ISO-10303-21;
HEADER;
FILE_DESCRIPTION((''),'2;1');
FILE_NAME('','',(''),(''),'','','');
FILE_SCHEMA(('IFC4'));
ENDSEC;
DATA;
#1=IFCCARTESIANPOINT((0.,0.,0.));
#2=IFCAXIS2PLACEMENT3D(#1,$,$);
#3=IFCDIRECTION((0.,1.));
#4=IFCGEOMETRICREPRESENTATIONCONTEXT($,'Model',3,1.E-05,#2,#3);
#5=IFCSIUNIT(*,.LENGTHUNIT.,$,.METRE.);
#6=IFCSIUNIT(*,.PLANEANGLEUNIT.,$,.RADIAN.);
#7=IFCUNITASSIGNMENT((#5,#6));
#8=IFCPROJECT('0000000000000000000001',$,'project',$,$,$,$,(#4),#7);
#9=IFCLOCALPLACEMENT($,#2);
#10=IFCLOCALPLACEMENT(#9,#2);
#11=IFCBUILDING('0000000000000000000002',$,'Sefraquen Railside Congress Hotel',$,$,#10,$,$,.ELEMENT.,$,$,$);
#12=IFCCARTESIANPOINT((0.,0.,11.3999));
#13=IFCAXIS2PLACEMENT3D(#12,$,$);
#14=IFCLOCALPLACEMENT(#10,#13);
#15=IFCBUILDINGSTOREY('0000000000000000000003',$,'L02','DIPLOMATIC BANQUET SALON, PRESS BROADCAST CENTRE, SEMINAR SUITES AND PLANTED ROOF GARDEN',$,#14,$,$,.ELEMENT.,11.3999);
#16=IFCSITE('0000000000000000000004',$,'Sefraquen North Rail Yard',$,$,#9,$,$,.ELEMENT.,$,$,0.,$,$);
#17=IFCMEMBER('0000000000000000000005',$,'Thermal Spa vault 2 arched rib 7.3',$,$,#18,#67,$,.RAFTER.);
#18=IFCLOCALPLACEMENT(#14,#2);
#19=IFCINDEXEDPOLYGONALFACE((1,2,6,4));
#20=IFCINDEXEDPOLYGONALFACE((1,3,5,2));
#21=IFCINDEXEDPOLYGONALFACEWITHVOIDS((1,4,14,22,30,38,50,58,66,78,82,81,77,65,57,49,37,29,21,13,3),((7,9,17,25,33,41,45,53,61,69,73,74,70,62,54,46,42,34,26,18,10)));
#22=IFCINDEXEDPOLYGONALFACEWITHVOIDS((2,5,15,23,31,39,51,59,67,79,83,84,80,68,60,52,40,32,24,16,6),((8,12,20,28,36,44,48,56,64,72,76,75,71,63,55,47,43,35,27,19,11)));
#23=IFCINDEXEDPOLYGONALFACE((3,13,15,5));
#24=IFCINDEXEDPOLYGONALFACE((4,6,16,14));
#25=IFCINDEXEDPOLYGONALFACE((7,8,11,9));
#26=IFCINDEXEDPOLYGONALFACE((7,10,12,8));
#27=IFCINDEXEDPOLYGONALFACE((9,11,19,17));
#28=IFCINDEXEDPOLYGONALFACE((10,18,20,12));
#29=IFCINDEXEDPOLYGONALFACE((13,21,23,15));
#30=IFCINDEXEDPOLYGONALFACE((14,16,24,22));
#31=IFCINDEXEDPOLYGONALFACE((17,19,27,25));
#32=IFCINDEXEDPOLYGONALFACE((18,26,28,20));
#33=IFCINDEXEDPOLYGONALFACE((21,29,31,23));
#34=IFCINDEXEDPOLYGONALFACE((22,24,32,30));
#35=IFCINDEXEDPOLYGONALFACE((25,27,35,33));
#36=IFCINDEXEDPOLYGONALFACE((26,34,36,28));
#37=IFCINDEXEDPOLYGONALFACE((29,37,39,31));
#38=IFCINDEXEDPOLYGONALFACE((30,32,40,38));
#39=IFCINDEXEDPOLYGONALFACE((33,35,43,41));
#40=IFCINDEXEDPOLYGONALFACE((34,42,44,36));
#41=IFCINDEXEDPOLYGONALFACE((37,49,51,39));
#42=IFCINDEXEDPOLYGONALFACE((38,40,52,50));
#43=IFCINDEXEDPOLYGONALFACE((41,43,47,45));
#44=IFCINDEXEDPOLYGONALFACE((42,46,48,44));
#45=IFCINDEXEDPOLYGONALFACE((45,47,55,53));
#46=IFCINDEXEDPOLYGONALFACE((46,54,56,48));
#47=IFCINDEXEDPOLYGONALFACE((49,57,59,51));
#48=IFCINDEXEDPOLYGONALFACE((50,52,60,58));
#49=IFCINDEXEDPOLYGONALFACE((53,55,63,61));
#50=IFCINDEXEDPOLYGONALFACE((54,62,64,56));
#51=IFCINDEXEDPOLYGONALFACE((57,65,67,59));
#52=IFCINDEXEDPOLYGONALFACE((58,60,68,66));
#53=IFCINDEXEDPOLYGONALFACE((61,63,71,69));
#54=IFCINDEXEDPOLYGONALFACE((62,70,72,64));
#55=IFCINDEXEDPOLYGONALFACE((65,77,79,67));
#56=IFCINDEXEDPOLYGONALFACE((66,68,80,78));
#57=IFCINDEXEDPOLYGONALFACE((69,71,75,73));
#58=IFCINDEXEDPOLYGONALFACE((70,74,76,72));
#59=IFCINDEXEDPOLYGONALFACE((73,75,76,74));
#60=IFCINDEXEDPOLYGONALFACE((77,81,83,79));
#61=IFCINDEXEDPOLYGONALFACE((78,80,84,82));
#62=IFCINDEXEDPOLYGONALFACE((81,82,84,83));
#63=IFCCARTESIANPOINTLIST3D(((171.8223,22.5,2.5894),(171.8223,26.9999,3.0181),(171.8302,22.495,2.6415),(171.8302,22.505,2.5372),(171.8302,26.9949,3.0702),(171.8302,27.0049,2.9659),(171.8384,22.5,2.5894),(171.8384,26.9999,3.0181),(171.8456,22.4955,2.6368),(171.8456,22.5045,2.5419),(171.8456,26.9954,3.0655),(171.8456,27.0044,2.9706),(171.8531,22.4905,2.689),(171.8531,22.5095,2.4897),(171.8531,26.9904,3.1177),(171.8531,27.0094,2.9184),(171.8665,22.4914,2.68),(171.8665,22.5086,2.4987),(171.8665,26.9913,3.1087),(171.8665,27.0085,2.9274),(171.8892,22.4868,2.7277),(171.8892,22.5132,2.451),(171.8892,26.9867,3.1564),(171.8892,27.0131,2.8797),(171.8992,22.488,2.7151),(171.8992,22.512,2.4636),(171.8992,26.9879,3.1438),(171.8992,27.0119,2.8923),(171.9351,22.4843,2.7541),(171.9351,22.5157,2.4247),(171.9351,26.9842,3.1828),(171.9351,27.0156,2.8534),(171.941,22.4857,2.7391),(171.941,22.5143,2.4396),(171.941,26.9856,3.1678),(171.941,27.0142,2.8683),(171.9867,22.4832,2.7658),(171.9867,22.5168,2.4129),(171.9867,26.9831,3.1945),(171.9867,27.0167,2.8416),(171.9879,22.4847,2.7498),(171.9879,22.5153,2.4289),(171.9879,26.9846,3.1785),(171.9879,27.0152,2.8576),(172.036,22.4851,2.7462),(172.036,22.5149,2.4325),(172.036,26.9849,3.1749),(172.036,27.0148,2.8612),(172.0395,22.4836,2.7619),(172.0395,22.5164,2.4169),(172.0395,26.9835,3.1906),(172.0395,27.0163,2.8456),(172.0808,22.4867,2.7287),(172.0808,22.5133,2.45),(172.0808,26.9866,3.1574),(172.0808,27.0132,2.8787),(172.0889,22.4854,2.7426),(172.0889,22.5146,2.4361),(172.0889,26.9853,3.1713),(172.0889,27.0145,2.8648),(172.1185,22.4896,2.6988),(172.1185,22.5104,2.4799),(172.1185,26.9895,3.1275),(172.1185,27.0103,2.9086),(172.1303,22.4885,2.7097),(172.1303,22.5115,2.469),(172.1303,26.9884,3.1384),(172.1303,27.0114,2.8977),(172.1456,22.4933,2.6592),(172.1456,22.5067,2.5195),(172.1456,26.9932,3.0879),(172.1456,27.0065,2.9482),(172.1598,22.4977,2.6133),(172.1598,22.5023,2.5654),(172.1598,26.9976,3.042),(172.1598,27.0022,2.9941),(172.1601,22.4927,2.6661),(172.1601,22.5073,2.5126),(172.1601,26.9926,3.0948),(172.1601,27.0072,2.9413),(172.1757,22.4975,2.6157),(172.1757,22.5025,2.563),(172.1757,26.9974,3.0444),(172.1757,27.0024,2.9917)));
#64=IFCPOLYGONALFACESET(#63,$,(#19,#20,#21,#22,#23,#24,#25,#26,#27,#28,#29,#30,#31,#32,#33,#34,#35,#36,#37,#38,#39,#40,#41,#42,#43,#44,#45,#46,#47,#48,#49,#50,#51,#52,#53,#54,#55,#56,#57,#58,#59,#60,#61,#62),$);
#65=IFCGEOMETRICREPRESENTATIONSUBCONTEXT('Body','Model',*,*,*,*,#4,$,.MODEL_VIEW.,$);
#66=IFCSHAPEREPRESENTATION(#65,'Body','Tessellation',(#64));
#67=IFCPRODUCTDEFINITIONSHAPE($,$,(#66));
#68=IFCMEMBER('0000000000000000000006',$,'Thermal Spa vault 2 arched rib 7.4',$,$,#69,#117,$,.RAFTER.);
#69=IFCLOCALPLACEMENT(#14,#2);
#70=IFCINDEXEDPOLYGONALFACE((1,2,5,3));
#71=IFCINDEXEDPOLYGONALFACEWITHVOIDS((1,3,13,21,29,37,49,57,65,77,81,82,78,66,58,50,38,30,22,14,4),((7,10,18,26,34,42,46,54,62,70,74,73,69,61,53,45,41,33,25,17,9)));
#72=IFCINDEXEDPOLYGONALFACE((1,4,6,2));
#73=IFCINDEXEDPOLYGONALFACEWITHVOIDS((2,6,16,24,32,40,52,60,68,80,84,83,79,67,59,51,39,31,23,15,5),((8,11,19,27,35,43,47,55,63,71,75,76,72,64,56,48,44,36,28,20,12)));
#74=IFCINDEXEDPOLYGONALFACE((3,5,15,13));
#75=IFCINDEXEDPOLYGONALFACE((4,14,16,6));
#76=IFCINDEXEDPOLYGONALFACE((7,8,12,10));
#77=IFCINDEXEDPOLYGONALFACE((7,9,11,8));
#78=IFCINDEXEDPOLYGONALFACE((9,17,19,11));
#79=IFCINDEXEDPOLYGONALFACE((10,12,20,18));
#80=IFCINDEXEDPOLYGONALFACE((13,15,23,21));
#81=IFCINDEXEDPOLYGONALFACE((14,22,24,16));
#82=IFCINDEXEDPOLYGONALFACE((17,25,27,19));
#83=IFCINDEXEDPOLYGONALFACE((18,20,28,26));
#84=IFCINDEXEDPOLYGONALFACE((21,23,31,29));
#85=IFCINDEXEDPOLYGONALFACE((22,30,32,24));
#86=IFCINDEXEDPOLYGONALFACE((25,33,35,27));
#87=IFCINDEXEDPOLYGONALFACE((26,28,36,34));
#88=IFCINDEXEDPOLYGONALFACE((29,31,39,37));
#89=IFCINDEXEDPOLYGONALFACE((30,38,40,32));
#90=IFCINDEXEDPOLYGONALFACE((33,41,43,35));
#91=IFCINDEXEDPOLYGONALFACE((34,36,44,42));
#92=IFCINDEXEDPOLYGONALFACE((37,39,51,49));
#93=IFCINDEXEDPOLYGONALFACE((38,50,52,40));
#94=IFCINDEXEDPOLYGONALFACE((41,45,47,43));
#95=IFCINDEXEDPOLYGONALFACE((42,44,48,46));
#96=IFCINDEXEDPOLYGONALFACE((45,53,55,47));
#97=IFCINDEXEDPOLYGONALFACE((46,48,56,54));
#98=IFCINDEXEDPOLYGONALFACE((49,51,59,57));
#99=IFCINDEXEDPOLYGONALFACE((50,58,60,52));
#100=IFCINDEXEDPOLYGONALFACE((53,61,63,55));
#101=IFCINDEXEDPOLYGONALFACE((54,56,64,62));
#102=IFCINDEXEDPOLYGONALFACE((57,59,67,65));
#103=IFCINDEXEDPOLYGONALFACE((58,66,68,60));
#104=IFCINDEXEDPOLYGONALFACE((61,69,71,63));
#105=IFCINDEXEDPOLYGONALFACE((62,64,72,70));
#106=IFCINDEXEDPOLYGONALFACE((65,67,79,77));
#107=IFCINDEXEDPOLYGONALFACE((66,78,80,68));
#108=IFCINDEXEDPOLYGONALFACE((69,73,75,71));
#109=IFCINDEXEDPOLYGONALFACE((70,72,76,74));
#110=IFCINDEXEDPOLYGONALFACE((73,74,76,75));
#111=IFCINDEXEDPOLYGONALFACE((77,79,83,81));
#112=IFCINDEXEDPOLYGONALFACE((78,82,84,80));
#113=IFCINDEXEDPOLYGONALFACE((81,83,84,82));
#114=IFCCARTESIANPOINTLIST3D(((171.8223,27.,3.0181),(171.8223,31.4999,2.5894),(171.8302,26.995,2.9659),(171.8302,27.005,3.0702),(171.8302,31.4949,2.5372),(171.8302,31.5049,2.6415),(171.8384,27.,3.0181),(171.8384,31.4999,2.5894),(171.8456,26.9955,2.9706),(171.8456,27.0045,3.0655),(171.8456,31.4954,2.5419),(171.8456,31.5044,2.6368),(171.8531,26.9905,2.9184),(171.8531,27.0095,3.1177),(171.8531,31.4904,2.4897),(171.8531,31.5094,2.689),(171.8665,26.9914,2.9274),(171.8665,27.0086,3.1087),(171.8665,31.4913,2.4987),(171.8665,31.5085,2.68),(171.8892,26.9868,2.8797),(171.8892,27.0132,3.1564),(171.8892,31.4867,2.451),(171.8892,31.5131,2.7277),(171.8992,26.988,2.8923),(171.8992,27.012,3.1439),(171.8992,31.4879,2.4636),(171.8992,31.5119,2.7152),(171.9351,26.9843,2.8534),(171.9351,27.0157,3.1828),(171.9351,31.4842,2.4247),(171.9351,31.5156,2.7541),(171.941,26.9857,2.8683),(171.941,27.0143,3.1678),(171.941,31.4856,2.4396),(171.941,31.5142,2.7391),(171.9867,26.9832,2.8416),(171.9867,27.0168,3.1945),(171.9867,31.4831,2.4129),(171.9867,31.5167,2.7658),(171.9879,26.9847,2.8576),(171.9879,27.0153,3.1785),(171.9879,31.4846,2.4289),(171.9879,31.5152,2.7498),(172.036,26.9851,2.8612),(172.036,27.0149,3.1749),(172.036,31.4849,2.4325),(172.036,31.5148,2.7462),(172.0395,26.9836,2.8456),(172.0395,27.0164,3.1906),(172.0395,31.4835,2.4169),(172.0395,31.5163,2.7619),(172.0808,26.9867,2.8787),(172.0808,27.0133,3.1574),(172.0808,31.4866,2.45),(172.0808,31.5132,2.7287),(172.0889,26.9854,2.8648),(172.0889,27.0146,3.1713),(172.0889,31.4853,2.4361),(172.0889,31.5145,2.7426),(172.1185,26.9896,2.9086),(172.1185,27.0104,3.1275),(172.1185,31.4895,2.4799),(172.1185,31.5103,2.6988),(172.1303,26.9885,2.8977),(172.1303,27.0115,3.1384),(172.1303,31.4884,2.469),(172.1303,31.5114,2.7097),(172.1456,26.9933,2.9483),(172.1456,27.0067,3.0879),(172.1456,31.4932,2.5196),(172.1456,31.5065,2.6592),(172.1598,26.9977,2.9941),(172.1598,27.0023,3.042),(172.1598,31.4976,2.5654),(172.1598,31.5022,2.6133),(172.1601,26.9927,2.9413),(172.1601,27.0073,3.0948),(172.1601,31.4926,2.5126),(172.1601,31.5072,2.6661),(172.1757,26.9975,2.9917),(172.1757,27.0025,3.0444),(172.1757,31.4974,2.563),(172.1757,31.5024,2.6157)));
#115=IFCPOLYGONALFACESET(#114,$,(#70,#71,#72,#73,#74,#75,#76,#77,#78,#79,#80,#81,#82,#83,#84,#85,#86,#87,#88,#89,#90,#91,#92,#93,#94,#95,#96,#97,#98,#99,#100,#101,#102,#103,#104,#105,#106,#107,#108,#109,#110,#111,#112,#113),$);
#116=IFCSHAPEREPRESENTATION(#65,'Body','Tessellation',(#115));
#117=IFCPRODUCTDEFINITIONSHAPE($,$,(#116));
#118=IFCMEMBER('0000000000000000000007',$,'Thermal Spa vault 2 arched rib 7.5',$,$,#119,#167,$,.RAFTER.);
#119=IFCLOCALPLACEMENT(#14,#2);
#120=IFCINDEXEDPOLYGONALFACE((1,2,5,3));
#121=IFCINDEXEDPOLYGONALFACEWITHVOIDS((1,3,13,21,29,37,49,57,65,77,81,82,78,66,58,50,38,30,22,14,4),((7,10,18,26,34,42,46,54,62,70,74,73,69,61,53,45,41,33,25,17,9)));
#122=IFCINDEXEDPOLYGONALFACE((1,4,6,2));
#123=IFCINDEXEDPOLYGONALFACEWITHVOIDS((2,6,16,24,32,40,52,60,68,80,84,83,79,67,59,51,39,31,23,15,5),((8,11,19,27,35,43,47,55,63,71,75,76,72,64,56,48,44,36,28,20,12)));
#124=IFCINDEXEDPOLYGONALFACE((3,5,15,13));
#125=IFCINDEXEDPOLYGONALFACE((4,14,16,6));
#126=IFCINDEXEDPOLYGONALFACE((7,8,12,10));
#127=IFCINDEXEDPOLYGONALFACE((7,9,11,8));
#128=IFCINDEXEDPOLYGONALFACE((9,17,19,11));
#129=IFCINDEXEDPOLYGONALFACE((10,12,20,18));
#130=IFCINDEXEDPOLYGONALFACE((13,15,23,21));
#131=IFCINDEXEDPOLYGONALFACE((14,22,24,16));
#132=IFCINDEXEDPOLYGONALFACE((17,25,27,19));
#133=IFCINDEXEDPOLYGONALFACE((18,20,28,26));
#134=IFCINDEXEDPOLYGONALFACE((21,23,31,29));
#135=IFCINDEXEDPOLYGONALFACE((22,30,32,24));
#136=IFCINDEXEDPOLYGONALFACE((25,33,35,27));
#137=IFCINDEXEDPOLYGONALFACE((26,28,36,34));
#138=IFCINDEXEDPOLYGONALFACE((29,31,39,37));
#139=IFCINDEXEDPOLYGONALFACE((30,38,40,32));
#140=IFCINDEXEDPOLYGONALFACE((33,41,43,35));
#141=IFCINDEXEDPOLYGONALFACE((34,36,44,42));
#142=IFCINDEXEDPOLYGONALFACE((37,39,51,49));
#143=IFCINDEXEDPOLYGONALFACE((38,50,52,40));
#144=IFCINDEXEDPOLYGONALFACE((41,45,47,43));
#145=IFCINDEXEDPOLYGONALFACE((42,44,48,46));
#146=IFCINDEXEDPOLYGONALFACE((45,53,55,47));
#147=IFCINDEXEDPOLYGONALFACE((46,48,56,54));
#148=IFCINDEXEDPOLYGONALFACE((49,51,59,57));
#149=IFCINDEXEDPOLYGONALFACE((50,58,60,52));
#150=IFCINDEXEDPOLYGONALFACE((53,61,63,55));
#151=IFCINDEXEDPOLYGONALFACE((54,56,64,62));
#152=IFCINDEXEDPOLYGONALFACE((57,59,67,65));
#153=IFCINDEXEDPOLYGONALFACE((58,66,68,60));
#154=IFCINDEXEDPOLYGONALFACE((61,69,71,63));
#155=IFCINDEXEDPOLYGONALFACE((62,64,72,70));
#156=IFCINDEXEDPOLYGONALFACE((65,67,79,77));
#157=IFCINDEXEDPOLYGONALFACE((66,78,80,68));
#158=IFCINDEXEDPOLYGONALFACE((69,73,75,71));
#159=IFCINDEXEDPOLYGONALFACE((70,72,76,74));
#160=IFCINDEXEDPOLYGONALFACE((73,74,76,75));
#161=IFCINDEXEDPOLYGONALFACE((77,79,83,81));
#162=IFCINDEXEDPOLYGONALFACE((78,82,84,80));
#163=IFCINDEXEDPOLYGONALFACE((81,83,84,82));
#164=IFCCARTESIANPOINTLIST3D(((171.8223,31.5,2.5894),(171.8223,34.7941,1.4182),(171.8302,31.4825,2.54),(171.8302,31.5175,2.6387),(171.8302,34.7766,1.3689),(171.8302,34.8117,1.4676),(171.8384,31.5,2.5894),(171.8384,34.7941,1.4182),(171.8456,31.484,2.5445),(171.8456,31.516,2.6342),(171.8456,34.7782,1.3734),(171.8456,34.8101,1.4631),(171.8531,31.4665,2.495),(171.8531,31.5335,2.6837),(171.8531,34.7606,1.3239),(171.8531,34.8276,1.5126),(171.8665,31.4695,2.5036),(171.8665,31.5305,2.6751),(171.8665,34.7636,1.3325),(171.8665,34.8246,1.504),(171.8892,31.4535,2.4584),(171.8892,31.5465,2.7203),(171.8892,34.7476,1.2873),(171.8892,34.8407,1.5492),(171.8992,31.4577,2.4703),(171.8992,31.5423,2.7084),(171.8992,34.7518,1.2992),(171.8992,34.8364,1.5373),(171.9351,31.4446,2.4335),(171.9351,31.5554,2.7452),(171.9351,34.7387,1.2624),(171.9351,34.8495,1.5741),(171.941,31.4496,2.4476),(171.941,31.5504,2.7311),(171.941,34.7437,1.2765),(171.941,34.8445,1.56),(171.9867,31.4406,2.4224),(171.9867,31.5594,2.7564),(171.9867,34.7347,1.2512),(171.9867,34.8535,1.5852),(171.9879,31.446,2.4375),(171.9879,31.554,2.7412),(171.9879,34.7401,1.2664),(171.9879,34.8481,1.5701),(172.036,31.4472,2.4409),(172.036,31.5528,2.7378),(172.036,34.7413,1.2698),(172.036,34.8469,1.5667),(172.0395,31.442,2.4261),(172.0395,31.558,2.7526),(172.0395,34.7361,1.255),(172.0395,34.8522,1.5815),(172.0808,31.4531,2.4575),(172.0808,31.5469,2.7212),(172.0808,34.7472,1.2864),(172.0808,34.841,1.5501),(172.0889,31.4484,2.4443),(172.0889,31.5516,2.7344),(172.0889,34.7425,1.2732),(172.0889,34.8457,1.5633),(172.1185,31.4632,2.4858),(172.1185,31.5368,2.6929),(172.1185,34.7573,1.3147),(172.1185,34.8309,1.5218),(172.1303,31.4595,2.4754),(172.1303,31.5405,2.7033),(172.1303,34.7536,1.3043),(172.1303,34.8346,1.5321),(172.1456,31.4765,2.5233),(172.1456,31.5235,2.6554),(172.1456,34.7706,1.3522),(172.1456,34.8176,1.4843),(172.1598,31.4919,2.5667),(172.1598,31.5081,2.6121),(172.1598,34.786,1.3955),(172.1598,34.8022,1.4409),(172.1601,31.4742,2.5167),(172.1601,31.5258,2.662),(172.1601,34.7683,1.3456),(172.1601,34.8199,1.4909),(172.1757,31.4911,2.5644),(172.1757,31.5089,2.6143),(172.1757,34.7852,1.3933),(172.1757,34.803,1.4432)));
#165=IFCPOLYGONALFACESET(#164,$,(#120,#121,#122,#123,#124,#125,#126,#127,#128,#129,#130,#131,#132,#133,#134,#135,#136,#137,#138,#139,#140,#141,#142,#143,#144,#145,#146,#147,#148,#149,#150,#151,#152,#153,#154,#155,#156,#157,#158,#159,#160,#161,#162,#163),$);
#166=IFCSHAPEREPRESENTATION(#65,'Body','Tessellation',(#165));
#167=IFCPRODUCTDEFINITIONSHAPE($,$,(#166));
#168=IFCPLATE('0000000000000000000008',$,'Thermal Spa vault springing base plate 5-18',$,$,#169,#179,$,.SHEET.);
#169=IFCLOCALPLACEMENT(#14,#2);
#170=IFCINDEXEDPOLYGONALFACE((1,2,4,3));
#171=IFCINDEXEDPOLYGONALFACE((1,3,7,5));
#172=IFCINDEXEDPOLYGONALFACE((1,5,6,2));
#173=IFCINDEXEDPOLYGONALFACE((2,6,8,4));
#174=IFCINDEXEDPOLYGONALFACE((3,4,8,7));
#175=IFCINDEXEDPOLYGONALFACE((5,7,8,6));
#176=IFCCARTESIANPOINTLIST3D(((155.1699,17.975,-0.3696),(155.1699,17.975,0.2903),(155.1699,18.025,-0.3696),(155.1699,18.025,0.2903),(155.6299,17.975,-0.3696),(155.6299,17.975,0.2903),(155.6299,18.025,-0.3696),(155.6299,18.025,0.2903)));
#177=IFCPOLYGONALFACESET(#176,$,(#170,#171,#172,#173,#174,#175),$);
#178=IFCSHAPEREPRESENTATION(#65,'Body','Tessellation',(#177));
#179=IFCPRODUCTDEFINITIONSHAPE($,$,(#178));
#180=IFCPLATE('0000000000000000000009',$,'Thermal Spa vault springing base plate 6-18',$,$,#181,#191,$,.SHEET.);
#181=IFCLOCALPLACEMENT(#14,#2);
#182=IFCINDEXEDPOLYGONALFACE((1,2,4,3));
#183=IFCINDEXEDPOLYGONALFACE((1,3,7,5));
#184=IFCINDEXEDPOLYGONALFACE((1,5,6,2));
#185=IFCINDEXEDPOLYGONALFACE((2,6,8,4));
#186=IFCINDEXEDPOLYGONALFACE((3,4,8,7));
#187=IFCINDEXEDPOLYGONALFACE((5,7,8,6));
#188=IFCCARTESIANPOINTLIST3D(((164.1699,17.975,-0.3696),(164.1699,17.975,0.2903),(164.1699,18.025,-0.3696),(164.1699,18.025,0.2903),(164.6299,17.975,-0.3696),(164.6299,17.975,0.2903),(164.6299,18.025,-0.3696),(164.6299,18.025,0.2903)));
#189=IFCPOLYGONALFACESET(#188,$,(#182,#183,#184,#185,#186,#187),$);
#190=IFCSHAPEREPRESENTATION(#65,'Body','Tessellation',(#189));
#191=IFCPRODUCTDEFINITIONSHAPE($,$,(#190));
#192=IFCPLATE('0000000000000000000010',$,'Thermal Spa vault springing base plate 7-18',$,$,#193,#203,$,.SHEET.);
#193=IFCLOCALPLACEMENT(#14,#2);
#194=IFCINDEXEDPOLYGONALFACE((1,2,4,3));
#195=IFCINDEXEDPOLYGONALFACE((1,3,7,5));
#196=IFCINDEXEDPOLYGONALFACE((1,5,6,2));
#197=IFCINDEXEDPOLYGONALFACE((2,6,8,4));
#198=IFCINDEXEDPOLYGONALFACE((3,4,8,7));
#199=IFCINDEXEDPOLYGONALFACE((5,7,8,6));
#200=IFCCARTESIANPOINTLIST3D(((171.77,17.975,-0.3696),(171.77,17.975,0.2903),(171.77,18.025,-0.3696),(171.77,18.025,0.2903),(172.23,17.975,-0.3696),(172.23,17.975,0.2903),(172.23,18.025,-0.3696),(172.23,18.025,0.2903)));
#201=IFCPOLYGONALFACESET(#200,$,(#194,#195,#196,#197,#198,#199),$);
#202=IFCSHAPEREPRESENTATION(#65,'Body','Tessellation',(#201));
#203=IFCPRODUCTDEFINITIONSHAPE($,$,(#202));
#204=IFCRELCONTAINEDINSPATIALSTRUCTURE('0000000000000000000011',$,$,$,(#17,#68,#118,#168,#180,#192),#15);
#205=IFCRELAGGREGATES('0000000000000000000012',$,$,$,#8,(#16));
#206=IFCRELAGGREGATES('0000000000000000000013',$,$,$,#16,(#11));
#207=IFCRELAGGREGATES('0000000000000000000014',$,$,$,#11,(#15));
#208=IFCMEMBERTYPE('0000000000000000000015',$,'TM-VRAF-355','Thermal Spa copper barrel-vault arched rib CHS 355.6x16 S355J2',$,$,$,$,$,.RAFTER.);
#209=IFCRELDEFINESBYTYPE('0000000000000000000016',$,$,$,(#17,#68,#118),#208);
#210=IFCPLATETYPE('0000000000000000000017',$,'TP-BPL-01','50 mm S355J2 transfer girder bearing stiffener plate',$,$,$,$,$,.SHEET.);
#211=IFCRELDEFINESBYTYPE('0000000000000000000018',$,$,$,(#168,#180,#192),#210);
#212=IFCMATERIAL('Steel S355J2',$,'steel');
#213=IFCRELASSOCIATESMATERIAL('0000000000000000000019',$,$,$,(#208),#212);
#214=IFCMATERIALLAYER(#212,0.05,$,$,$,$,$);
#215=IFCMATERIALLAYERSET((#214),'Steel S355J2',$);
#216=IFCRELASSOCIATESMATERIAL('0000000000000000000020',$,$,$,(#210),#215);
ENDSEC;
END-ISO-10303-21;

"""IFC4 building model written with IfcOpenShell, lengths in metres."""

from ifc_helpers import new_model, si_unit, direction, frame, origin, origin_2d, place, context, subcontext, project, spatial, rectangle, hollow_circle, extrude, material, layer, layer_set, material_profile, profile_set, type_object, element, save


model = new_model("IFC4")

# Units and contexts
model_context = context("Model", 3, precision=1e-05, world=origin(), true_north=direction((0.0, 1.0)))
body_context = subcontext(model_context, "Body", "Model", "MODEL_VIEW")
ifc_project = project(units=[si_unit("LENGTHUNIT", "METRE"), si_unit("PLANEANGLEUNIT", "RADIAN")], contexts=[model_context])

# Site, building, storey
site_placement = place(None, origin())
site = spatial("IfcSite", under=ifc_project, at=site_placement, Name="Sefraquen North Rail Yard", CompositionType="ELEMENT", RefElevation=0.0)
building_placement = place(site_placement, origin())
building = spatial("IfcBuilding", under=site, at=building_placement, Name="Sefraquen Railside Congress Hotel", CompositionType="ELEMENT")
storey_placement = place(building_placement, frame((0.0, 0.0, 11.3999)))
storey = spatial("IfcBuildingStorey", under=building, at=storey_placement, Name="L02", Description="DIPLOMATIC BANQUET SALON, PRESS BROADCAST CENTRE, SEMINAR SUITES AND PLANTED ROOF GARDEN", CompositionType="ELEMENT", Elevation=11.3999)

# Members
ifc_material_1 = material(Name="Steel S355J2", Category="steel")
ifc_material_profile_1 = material_profile(ifc_material_1, hollow_circle(Radius=0.1777, WallThickness=0.0161, at=origin_2d()), Name="CHS 355.6x16")
ifc_profile_set_1 = profile_set([ifc_material_profile_1], Name="Steel S355J2")
member_type = type_object("IfcMemberType", Name="TM-VRAF-355", Description="Thermal Spa copper barrel-vault arched rib CHS 355.6x16 S355J2", PredefinedType="RAFTER", material=ifc_profile_set_1)
for number, where, z_axis, x_axis, name in (
    (1, (172.0, 22.5, 2.5894), (0.0, 0.995493, 0.09484), (-1.0, 0.0, 0.0), "Thermal Spa vault 2 arched rib 7.3"),
    (2, (172.0, 27.0, 3.0181), (0.0, 0.995493, -0.09484), (-1.0, 0.0, 0.0), "Thermal Spa vault 2 arched rib 7.4"),
):
    element("IfcMember", number, at=place(storey_placement, frame(where, z_axis=z_axis, x_axis=x_axis)), inside=storey, type_object=member_type, Name=name, PredefinedType="RAFTER", context=body_context, shape_type="SweptSolid", body=[
        extrude(hollow_circle(Radius=0.1777, WallThickness=0.0161, at=origin_2d()), origin(), (0.0, 0.0, 1.0), 4.5203),
    ])
member_1_placement = place(storey_placement, frame((172.0, 31.5, 2.5894), z_axis=(0.0, 0.942226, -0.334978), x_axis=(-1.0, 0.0, 0.0)))
element("IfcMember", 3, at=member_1_placement, inside=storey, type_object=member_type, Name="Thermal Spa vault 2 arched rib 7.5", PredefinedType="RAFTER", context=body_context, shape_type="SweptSolid", body=[
    extrude(hollow_circle(Radius=0.1777, WallThickness=0.0161, at=origin_2d()), origin(), (0.0, 0.0, 1.0), 3.4961),
])

# Plates
ifc_layer_1 = layer(ifc_material_1, 0.05)
ifc_layer_set_1 = layer_set([ifc_layer_1], Name="Steel S355J2")
plate_type = type_object("IfcPlateType", Name="TP-BPL-01", Description="50 mm S355J2 transfer girder bearing stiffener plate", PredefinedType="SHEET", material=ifc_layer_set_1)
for number, where, z_axis, x_axis, name in (
    (4, (155.3999, 18.0, -0.3696), (0.0, 0.0, 1.0), (1.0, 0.0, 0.0), "Thermal Spa vault springing base plate 5-18"),
    (5, (164.3999, 18.0, -0.3696), (0.0, 0.0, 1.0), (1.0, 0.0, 0.0), "Thermal Spa vault springing base plate 6-18"),
    (6, (172.0, 18.0, -0.3696), (0.0, 0.0, 1.0), (1.0, 0.0, 0.0), "Thermal Spa vault springing base plate 7-18"),
):
    element("IfcPlate", number, at=place(storey_placement, frame(where, z_axis=z_axis, x_axis=x_axis)), inside=storey, type_object=plate_type, Name=name, PredefinedType="SHEET", context=body_context, shape_type="SweptSolid", body=[
        extrude(rectangle(XDim=0.46, YDim=0.05, at=origin_2d()), origin(), (0.0, 0.0, 1.0), 0.6599),
    ])

save(model, "model.ifc")
